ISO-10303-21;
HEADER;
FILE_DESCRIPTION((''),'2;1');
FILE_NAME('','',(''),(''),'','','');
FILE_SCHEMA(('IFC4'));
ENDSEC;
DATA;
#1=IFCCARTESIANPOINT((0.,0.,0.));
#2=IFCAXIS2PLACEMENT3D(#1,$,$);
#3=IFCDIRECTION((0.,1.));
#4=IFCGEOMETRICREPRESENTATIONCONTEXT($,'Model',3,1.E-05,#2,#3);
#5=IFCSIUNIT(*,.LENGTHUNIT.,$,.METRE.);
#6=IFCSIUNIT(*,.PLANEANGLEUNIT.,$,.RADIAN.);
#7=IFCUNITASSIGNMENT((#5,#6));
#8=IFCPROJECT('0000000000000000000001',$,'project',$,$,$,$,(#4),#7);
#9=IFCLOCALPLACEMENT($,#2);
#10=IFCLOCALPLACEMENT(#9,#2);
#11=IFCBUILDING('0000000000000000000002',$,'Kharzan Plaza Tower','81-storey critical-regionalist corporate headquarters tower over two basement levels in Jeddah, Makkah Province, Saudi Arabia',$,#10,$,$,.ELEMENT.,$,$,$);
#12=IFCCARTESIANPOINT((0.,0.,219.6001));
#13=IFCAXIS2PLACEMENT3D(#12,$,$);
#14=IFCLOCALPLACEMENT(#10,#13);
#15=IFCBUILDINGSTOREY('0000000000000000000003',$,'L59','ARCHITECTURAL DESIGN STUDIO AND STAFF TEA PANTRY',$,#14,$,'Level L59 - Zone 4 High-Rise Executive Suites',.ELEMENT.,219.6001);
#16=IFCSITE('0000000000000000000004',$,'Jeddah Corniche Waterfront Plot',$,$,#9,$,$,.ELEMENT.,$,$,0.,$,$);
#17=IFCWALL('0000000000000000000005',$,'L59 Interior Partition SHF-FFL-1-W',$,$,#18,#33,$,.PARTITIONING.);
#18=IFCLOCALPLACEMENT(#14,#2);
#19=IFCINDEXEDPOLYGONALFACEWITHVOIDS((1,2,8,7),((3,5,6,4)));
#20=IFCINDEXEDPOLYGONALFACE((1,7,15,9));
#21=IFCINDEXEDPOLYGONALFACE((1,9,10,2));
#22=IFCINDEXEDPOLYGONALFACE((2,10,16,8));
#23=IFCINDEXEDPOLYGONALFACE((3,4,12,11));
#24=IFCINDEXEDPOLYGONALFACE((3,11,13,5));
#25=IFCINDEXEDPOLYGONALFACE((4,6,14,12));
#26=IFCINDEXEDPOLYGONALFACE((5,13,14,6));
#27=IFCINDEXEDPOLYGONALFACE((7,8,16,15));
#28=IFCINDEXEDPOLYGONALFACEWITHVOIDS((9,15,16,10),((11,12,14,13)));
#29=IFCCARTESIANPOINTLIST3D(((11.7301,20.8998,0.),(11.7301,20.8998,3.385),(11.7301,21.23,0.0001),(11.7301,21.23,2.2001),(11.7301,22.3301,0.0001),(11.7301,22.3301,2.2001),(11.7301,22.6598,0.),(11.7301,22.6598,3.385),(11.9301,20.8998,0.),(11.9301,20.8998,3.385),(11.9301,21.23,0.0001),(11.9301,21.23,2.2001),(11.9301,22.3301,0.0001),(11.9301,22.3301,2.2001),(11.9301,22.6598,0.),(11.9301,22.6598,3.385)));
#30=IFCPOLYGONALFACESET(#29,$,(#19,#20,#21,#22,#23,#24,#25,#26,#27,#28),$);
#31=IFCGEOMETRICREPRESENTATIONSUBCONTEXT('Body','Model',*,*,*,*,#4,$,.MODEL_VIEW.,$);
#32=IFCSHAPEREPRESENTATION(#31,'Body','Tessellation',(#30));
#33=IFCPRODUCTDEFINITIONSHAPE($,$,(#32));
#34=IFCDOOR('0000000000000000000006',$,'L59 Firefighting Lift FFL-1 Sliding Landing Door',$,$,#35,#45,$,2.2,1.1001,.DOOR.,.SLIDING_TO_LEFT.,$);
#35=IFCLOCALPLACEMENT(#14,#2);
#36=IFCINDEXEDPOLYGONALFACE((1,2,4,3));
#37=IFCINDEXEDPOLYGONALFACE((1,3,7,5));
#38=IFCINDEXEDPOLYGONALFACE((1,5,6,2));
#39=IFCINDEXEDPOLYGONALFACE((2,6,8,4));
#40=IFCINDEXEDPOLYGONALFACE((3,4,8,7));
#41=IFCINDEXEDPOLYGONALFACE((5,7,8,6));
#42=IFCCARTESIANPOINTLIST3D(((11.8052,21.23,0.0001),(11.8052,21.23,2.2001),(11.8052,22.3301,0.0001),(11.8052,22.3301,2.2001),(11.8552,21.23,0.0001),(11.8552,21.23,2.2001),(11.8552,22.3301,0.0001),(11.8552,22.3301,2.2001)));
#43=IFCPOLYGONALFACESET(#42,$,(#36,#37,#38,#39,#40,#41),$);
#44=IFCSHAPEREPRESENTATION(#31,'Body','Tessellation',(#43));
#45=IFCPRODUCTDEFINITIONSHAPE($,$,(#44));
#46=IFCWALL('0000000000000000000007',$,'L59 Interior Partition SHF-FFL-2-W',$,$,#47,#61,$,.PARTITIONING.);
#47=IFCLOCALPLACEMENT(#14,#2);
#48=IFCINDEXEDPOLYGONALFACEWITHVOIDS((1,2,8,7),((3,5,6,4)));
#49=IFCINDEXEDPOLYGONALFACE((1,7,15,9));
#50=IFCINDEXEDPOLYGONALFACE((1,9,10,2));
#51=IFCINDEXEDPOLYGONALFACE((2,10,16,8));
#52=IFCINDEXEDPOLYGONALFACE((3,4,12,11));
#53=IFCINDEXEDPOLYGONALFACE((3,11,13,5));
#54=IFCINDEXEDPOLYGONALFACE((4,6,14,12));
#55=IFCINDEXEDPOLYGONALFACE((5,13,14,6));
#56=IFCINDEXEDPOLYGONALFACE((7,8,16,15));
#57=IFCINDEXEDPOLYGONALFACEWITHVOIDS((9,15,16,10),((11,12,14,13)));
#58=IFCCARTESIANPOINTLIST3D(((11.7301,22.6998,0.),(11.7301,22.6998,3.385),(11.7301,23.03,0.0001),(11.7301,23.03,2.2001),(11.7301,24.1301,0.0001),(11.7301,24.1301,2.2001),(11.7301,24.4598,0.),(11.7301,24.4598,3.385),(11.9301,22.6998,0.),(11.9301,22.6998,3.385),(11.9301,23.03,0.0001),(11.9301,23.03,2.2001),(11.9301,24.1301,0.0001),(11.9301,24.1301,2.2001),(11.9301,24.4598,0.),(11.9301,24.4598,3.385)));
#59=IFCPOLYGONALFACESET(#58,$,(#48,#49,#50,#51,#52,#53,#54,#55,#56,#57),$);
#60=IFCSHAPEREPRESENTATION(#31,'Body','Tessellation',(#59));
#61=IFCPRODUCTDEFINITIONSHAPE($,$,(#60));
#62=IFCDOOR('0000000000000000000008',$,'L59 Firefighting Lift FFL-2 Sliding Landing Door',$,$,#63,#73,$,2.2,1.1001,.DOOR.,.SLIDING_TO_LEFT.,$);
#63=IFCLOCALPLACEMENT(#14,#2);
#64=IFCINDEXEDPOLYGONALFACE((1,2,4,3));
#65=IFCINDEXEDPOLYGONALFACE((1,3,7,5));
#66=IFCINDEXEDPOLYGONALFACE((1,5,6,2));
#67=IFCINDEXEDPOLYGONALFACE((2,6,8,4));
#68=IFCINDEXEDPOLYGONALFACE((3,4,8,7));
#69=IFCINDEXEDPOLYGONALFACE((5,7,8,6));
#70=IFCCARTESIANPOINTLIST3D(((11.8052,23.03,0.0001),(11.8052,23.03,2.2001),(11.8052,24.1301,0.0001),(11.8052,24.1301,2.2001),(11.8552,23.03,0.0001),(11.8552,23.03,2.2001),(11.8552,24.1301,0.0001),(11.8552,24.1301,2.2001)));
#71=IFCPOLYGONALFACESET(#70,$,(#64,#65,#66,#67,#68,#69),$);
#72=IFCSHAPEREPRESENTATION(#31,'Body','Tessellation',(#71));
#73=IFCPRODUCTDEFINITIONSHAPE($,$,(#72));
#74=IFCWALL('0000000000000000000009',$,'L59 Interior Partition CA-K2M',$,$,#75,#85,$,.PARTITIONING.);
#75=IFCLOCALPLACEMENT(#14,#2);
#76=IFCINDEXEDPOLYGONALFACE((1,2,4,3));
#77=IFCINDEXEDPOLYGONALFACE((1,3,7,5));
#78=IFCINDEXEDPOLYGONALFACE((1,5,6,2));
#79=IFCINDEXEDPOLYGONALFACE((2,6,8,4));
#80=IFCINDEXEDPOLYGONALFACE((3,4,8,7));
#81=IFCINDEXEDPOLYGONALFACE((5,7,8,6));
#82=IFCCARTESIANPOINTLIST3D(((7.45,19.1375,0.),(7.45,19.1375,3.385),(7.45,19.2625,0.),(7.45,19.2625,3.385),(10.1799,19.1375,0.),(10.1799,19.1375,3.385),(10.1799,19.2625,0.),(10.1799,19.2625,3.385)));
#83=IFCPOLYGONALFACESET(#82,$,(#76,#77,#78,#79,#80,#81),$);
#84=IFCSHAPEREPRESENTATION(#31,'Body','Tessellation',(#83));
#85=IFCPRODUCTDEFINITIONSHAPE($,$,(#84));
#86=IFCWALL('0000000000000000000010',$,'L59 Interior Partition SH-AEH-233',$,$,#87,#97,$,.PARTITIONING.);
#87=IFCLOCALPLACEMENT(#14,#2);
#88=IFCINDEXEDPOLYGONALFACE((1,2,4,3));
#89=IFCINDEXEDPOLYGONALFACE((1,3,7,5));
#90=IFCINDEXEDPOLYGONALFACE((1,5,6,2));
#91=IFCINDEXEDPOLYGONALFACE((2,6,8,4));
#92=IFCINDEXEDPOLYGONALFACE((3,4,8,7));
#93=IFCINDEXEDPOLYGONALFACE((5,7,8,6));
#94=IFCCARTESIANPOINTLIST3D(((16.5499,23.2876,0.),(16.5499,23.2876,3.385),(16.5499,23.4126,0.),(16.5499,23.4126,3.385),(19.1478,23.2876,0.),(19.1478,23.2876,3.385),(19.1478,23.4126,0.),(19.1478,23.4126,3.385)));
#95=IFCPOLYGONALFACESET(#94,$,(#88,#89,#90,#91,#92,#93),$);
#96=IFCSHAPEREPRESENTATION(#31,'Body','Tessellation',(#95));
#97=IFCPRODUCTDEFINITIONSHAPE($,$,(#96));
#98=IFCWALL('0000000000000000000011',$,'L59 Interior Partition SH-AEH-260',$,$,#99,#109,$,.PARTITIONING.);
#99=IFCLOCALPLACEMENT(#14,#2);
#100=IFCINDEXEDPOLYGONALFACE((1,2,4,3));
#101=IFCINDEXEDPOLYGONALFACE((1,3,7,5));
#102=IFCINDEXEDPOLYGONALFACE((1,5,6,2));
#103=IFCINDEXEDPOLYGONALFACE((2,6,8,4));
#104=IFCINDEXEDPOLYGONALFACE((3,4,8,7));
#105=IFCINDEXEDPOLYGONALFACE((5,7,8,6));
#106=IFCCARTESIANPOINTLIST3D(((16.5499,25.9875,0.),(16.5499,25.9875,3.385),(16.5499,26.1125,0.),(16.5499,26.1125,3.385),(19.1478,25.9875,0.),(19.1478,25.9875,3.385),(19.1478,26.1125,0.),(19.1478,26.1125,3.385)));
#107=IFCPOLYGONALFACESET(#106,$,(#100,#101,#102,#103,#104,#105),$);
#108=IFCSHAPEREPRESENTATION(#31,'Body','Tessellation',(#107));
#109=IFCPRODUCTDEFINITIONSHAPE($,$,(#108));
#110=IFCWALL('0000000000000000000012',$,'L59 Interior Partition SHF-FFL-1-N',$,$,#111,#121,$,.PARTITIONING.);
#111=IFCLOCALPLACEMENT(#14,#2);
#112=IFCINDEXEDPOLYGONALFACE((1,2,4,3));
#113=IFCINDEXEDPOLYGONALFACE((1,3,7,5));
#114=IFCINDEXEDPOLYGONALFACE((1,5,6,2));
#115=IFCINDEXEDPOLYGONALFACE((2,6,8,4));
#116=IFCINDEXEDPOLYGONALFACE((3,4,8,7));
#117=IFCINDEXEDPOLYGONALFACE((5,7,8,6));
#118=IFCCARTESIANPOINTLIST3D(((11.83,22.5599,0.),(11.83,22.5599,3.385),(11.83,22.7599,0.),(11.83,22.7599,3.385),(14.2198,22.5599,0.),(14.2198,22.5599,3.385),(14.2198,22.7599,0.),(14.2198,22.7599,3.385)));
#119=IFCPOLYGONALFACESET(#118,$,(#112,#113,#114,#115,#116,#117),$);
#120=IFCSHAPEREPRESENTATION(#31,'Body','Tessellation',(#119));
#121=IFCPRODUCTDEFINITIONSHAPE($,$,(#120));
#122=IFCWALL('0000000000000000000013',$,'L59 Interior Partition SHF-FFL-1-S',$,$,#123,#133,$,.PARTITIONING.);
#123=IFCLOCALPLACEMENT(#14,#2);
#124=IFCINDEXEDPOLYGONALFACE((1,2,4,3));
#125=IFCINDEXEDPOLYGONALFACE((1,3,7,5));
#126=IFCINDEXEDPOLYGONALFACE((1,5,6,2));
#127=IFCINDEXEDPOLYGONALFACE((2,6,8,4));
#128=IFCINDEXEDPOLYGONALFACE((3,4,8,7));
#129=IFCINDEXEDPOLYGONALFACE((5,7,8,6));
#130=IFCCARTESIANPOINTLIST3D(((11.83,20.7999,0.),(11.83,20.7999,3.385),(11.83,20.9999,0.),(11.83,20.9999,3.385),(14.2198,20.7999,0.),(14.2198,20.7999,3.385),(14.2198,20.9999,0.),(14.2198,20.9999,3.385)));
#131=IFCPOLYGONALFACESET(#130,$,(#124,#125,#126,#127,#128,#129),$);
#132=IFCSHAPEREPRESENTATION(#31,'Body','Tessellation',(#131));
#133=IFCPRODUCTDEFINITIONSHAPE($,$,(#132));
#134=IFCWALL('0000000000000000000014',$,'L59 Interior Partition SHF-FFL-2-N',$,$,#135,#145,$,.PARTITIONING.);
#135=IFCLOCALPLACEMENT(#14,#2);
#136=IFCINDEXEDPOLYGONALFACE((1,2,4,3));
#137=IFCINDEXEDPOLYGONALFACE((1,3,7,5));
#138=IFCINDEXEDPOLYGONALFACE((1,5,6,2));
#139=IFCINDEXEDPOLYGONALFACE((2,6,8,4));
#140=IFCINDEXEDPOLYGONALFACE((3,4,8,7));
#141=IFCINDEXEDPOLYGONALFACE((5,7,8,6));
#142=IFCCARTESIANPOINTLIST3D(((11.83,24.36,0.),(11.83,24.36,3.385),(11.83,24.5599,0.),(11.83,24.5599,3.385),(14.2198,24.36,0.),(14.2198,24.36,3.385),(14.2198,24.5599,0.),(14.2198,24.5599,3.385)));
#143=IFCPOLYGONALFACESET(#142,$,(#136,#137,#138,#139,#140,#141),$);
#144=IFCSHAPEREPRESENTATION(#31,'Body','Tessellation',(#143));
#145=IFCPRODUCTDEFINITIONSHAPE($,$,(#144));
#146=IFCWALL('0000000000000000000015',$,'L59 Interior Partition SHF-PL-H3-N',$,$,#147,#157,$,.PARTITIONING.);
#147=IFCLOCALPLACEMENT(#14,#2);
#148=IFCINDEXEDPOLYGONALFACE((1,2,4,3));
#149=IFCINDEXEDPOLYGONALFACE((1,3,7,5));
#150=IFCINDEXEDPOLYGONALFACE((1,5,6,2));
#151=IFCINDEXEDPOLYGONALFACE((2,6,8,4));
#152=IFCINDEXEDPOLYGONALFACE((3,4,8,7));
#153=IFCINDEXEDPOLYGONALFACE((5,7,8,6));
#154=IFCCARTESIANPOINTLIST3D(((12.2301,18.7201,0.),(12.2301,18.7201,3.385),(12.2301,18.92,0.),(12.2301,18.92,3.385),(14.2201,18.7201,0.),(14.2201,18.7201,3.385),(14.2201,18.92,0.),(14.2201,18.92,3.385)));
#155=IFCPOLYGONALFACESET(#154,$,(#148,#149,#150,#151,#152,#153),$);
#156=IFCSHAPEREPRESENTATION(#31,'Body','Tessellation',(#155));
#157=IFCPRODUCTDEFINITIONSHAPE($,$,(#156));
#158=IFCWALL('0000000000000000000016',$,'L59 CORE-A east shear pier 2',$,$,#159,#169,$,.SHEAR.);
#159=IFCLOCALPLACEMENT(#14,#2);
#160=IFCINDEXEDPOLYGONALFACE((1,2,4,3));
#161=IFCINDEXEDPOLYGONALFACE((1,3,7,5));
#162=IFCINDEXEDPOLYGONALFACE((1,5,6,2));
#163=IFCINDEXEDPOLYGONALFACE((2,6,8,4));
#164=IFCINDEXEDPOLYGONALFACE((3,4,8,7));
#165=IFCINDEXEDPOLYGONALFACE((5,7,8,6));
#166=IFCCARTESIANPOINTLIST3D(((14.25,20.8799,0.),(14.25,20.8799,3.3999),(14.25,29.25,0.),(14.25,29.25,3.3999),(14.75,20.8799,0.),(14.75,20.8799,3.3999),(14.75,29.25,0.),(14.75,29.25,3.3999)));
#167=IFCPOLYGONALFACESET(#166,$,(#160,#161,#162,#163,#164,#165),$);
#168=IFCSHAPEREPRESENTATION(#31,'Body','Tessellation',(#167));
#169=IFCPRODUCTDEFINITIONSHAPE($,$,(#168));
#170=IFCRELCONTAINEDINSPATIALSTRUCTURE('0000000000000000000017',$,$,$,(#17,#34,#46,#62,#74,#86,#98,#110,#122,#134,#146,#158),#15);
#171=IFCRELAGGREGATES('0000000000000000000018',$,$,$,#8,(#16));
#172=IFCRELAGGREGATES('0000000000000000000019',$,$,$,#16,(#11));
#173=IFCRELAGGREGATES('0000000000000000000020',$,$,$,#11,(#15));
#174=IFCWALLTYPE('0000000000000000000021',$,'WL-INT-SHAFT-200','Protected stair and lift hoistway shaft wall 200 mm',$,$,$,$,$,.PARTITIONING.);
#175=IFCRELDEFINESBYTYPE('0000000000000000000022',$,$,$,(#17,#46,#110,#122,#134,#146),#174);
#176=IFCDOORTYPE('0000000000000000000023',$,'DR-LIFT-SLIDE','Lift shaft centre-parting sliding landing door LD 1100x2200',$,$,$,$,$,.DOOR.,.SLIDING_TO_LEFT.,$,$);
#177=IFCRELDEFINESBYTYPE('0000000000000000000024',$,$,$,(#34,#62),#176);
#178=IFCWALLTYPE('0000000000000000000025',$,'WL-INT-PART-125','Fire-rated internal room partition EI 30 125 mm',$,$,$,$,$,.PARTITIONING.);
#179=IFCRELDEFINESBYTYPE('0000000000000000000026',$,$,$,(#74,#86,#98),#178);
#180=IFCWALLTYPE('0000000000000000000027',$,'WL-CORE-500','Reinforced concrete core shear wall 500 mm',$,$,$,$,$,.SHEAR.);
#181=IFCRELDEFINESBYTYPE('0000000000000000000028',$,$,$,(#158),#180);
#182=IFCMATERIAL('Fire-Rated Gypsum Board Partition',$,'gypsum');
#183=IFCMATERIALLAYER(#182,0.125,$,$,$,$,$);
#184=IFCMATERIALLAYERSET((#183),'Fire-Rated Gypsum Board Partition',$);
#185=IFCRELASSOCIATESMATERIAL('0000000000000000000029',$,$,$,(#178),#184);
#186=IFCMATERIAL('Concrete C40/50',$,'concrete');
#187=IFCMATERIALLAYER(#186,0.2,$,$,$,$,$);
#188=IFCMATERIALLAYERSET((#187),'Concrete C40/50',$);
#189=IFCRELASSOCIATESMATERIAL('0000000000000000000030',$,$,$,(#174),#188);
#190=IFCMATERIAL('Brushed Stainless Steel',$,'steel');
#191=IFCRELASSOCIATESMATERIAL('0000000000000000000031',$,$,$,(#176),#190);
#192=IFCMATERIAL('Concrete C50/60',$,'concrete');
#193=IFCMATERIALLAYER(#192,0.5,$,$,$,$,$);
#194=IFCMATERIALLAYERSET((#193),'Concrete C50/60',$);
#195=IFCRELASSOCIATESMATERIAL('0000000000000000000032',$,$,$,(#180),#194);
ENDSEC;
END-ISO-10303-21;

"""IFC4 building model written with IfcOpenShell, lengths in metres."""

from ifc_helpers import new_model, si_unit, direction, frame, frame_2d, origin, place, context, subcontext, project, spatial, rectangle, extrude, source, transform, mapped, material, layer, layer_set, type_object, element, fill, save


model = new_model("IFC4")

# Units and contexts
model_context = context("Model", 3, precision=1e-05, world=origin(), true_north=direction((0.0, 1.0)))
body_context = subcontext(model_context, "Body", "Model", "MODEL_VIEW")
ifc_project = project(units=[si_unit("LENGTHUNIT", "METRE"), si_unit("PLANEANGLEUNIT", "RADIAN")], contexts=[model_context])

# Site, building, storey
site_placement = place(None, origin())
site = spatial("IfcSite", under=ifc_project, at=site_placement, Name="Jeddah Corniche Waterfront Plot", CompositionType="ELEMENT", RefElevation=0.0)
building_placement = place(site_placement, origin())
building = spatial("IfcBuilding", under=site, at=building_placement, Name="Kharzan Plaza Tower", Description="81-storey critical-regionalist corporate headquarters tower over two basement levels in Jeddah, Makkah Province, Saudi Arabia", CompositionType="ELEMENT")
storey_placement = place(building_placement, frame((0.0, 0.0, 219.6001)))
storey = spatial("IfcBuildingStorey", under=building, at=storey_placement, Name="L59", Description="ARCHITECTURAL DESIGN STUDIO AND STAFF TEA PANTRY", LongName="Level L59 - Zone 4 High-Rise Executive Suites", CompositionType="ELEMENT", Elevation=219.6001)

# Walls, openings, doors
ifc_material_1 = material(Name="Concrete C40/50", Category="concrete")
ifc_material_2 = material(Name="Fire-Rated Gypsum Board Partition", Category="gypsum")
ifc_layer_1 = layer(ifc_material_2, 0.125)
ifc_layer_set_1 = layer_set([ifc_layer_1], Name="Fire-Rated Gypsum Board Partition")
wall_type_1 = type_object("IfcWallType", Name="WL-INT-PART-125", Description="Fire-rated internal room partition EI 30 125 mm", PredefinedType="PARTITIONING", material=ifc_layer_set_1)
ifc_layer_2 = layer(ifc_material_1, 0.2)
ifc_layer_set_2 = layer_set([ifc_layer_2], Name="Concrete C40/50")
wall_type_2 = type_object("IfcWallType", Name="WL-INT-SHAFT-200", Description="Protected stair and lift hoistway shaft wall 200 mm", PredefinedType="PARTITIONING", material=ifc_layer_set_2)
wall_1_placement = place(storey_placement, frame((11.8301, 20.8999, 0.0), z_axis=(0.0, 0.0, 1.0), x_axis=(0.0, 1.0, 0.0)))
wall_1 = element("IfcWall", 1, at=wall_1_placement, inside=storey, type_object=wall_type_2, Name="L59 Interior Partition SHF-FFL-1-W", PredefinedType="PARTITIONING", context=body_context, shape_type="SweptSolid", body=[
    extrude(rectangle(XDim=1.76, YDim=0.2, at=frame_2d((0.8799, 0.0))), origin(), (0.0, 0.0, 1.0), 3.385),
])
opening_1_placement = place(wall_1_placement, frame((0.3301, 0.0, 0.0)))
opening_1 = element("IfcOpeningElement", 2, at=opening_1_placement, cuts=wall_1, PredefinedType="OPENING", context=body_context, shape_type="SweptSolid", body=[
    extrude(rectangle(XDim=1.1001, YDim=2.2, at=frame_2d((0.55, 1.1001))), frame((0.0, 0.1099, 0.0), z_axis=(0.0, -1.0, 0.0), x_axis=(1.0, 0.0, 0.0)), (0.0, 0.0, 1.0), 0.22),
])
ifc_material_3 = material(Name="Brushed Stainless Steel", Category="steel")
door_type_1 = type_object("IfcDoorType", Name="DR-LIFT-SLIDE", Description="Lift shaft centre-parting sliding landing door LD 1100x2200", OperationType="SLIDING_TO_LEFT", PredefinedType="DOOR", material=ifc_material_3)
shared_shape_1 = source(origin(), body_context, "Body", "SweptSolid", [
    extrude(rectangle(XDim=1.1001, YDim=2.2, at=frame_2d((0.55, 1.1001))), frame((0.0, 0.0249, 0.0), z_axis=(0.0, -1.0, 0.0), x_axis=(1.0, 0.0, 0.0)), (0.0, 0.0, 1.0), 0.05),
])
door_1_placement = place(opening_1_placement, origin())
door_1 = element("IfcDoor", 3, at=door_1_placement, inside=storey, type_object=door_type_1, Name="L59 Firefighting Lift FFL-1 Sliding Landing Door", OperationType="SLIDING_TO_LEFT", OverallHeight=2.2, OverallWidth=1.1001, PredefinedType="DOOR", context=body_context, shape_type="MappedRepresentation", body=[
    mapped(shared_shape_1, transform((0.0, 0.0, 0.0), x_axis=(1.0, 0.0, 0.0), y_axis=(0.0, 1.0, 0.0), z_axis=(0.0, 0.0, 1.0))),
])
fill(opening_1, door_1)
wall_2_placement = place(storey_placement, frame((11.8301, 22.7, 0.0), z_axis=(0.0, 0.0, 1.0), x_axis=(0.0, 1.0, 0.0)))
wall_2 = element("IfcWall", 4, at=wall_2_placement, inside=storey, type_object=wall_type_2, Name="L59 Interior Partition SHF-FFL-2-W", PredefinedType="PARTITIONING", context=body_context, shape_type="SweptSolid", body=[
    extrude(rectangle(XDim=1.76, YDim=0.2, at=frame_2d((0.8799, 0.0))), origin(), (0.0, 0.0, 1.0), 3.385),
])
opening_2_placement = place(wall_2_placement, frame((0.3301, 0.0, 0.0)))
opening_2 = element("IfcOpeningElement", 5, at=opening_2_placement, cuts=wall_2, PredefinedType="OPENING", context=body_context, shape_type="SweptSolid", body=[
    extrude(rectangle(XDim=1.1001, YDim=2.2, at=frame_2d((0.55, 1.1001))), frame((0.0, 0.1099, 0.0), z_axis=(0.0, -1.0, 0.0), x_axis=(1.0, 0.0, 0.0)), (0.0, 0.0, 1.0), 0.22),
])
door_2_placement = place(opening_2_placement, origin())
door_2 = element("IfcDoor", 6, at=door_2_placement, inside=storey, type_object=door_type_1, Name="L59 Firefighting Lift FFL-2 Sliding Landing Door", OperationType="SLIDING_TO_LEFT", OverallHeight=2.2, OverallWidth=1.1001, PredefinedType="DOOR", context=body_context, shape_type="MappedRepresentation", body=[
    mapped(shared_shape_1, transform((0.0, 0.0, 0.0), x_axis=(1.0, 0.0, 0.0), y_axis=(0.0, 1.0, 0.0), z_axis=(0.0, 0.0, 1.0))),
])
fill(opening_2, door_2)

# Walls
shared_shape_2 = source(origin(), body_context, "Body", "SweptSolid", [
    extrude(rectangle(XDim=2.73, YDim=0.125, at=frame_2d((1.365, 0.0))), origin(), (0.0, 0.0, 1.0), 3.385),
])
wall_3_placement = place(storey_placement, frame((7.45, 19.2, 0.0), z_axis=(0.0, 0.0, 1.0), x_axis=(1.0, 0.0, 0.0)))
element("IfcWall", 7, at=wall_3_placement, inside=storey, type_object=wall_type_1, Name="L59 Interior Partition CA-K2M", PredefinedType="PARTITIONING", context=body_context, shape_type="MappedRepresentation", body=[
    mapped(shared_shape_2, transform((0.0, 0.0, 0.0), x_axis=(1.0, 0.0, 0.0), y_axis=(0.0, 1.0, 0.0), z_axis=(0.0, 0.0, 1.0))),
])
shared_shape_3 = source(origin(), body_context, "Body", "SweptSolid", [
    extrude(rectangle(XDim=2.5979, YDim=0.125, at=frame_2d((1.2988, 0.0))), origin(), (0.0, 0.0, 1.0), 3.385),
])
for number, where, z_axis, x_axis, name in (
    (8, (16.55, 23.3501, 0.0), (0.0, 0.0, 1.0), (1.0, 0.0, 0.0), "L59 Interior Partition SH-AEH-233"),
    (9, (16.55, 26.05, 0.0), (0.0, 0.0, 1.0), (1.0, 0.0, 0.0), "L59 Interior Partition SH-AEH-260"),
):
    element("IfcWall", number, at=place(storey_placement, frame(where, z_axis=z_axis, x_axis=x_axis)), inside=storey, type_object=wall_type_1, Name=name, PredefinedType="PARTITIONING", context=body_context, shape_type="MappedRepresentation", body=[
        mapped(shared_shape_3, transform((0.0, 0.0, 0.0), x_axis=(1.0, 0.0, 0.0), y_axis=(0.0, 1.0, 0.0), z_axis=(0.0, 0.0, 1.0))),
    ])
shared_shape_4 = source(origin(), body_context, "Body", "SweptSolid", [
    extrude(rectangle(XDim=2.3899, YDim=0.2, at=frame_2d((1.1948, 0.0))), origin(), (0.0, 0.0, 1.0), 3.385),
])
for number, where, z_axis, x_axis, name in (
    (10, (11.8301, 22.6599, 0.0), (0.0, 0.0, 1.0), (1.0, 0.0, 0.0), "L59 Interior Partition SHF-FFL-1-N"),
    (11, (11.8301, 20.8999, 0.0), (0.0, 0.0, 1.0), (1.0, 0.0, 0.0), "L59 Interior Partition SHF-FFL-1-S"),
    (12, (11.8301, 24.46, 0.0), (0.0, 0.0, 1.0), (1.0, 0.0, 0.0), "L59 Interior Partition SHF-FFL-2-N"),
):
    element("IfcWall", number, at=place(storey_placement, frame(where, z_axis=z_axis, x_axis=x_axis)), inside=storey, type_object=wall_type_2, Name=name, PredefinedType="PARTITIONING", context=body_context, shape_type="MappedRepresentation", body=[
        mapped(shared_shape_4, transform((0.0, 0.0, 0.0), x_axis=(1.0, 0.0, 0.0), y_axis=(0.0, 1.0, 0.0), z_axis=(0.0, 0.0, 1.0))),
    ])
shared_shape_5 = source(origin(), body_context, "Body", "SweptSolid", [
    extrude(rectangle(XDim=1.99, YDim=0.2, at=frame_2d((0.9951, 0.0))), origin(), (0.0, 0.0, 1.0), 3.385),
])
wall_4_placement = place(storey_placement, frame((12.23, 18.8201, 0.0), z_axis=(0.0, 0.0, 1.0), x_axis=(1.0, 0.0, 0.0)))
element("IfcWall", 13, at=wall_4_placement, inside=storey, type_object=wall_type_2, Name="L59 Interior Partition SHF-PL-H3-N", PredefinedType="PARTITIONING", context=body_context, shape_type="MappedRepresentation", body=[
    mapped(shared_shape_5, transform((0.0, 0.0, 0.0), x_axis=(1.0, 0.0, 0.0), y_axis=(0.0, 1.0, 0.0), z_axis=(0.0, 0.0, 1.0))),
])
ifc_material_4 = material(Name="Concrete C50/60", Category="concrete")
ifc_layer_3 = layer(ifc_material_4, 0.5)
ifc_layer_set_3 = layer_set([ifc_layer_3], Name="Concrete C50/60")
wall_type_3 = type_object("IfcWallType", Name="WL-CORE-500", Description="Reinforced concrete core shear wall 500 mm", PredefinedType="SHEAR", material=ifc_layer_set_3)
shared_shape_6 = source(origin(), body_context, "Body", "SweptSolid", [
    extrude(rectangle(XDim=8.3701, YDim=0.5, at=frame_2d((4.1851, 0.0))), origin(), (0.0, 0.0, 1.0), 3.3999),
])
wall_5_placement = place(storey_placement, frame((14.5, 20.8799, 0.0), z_axis=(0.0, 0.0, 1.0), x_axis=(0.0, 1.0, 0.0)))
element("IfcWall", 14, at=wall_5_placement, inside=storey, type_object=wall_type_3, Name="L59 CORE-A east shear pier 2", PredefinedType="SHEAR", context=body_context, shape_type="MappedRepresentation", body=[
    mapped(shared_shape_6, transform((0.0, 0.0, 0.0), x_axis=(1.0, 0.0, 0.0), y_axis=(0.0, 1.0, 0.0), z_axis=(0.0, 0.0, 1.0))),
])

save(model, "model.ifc")
